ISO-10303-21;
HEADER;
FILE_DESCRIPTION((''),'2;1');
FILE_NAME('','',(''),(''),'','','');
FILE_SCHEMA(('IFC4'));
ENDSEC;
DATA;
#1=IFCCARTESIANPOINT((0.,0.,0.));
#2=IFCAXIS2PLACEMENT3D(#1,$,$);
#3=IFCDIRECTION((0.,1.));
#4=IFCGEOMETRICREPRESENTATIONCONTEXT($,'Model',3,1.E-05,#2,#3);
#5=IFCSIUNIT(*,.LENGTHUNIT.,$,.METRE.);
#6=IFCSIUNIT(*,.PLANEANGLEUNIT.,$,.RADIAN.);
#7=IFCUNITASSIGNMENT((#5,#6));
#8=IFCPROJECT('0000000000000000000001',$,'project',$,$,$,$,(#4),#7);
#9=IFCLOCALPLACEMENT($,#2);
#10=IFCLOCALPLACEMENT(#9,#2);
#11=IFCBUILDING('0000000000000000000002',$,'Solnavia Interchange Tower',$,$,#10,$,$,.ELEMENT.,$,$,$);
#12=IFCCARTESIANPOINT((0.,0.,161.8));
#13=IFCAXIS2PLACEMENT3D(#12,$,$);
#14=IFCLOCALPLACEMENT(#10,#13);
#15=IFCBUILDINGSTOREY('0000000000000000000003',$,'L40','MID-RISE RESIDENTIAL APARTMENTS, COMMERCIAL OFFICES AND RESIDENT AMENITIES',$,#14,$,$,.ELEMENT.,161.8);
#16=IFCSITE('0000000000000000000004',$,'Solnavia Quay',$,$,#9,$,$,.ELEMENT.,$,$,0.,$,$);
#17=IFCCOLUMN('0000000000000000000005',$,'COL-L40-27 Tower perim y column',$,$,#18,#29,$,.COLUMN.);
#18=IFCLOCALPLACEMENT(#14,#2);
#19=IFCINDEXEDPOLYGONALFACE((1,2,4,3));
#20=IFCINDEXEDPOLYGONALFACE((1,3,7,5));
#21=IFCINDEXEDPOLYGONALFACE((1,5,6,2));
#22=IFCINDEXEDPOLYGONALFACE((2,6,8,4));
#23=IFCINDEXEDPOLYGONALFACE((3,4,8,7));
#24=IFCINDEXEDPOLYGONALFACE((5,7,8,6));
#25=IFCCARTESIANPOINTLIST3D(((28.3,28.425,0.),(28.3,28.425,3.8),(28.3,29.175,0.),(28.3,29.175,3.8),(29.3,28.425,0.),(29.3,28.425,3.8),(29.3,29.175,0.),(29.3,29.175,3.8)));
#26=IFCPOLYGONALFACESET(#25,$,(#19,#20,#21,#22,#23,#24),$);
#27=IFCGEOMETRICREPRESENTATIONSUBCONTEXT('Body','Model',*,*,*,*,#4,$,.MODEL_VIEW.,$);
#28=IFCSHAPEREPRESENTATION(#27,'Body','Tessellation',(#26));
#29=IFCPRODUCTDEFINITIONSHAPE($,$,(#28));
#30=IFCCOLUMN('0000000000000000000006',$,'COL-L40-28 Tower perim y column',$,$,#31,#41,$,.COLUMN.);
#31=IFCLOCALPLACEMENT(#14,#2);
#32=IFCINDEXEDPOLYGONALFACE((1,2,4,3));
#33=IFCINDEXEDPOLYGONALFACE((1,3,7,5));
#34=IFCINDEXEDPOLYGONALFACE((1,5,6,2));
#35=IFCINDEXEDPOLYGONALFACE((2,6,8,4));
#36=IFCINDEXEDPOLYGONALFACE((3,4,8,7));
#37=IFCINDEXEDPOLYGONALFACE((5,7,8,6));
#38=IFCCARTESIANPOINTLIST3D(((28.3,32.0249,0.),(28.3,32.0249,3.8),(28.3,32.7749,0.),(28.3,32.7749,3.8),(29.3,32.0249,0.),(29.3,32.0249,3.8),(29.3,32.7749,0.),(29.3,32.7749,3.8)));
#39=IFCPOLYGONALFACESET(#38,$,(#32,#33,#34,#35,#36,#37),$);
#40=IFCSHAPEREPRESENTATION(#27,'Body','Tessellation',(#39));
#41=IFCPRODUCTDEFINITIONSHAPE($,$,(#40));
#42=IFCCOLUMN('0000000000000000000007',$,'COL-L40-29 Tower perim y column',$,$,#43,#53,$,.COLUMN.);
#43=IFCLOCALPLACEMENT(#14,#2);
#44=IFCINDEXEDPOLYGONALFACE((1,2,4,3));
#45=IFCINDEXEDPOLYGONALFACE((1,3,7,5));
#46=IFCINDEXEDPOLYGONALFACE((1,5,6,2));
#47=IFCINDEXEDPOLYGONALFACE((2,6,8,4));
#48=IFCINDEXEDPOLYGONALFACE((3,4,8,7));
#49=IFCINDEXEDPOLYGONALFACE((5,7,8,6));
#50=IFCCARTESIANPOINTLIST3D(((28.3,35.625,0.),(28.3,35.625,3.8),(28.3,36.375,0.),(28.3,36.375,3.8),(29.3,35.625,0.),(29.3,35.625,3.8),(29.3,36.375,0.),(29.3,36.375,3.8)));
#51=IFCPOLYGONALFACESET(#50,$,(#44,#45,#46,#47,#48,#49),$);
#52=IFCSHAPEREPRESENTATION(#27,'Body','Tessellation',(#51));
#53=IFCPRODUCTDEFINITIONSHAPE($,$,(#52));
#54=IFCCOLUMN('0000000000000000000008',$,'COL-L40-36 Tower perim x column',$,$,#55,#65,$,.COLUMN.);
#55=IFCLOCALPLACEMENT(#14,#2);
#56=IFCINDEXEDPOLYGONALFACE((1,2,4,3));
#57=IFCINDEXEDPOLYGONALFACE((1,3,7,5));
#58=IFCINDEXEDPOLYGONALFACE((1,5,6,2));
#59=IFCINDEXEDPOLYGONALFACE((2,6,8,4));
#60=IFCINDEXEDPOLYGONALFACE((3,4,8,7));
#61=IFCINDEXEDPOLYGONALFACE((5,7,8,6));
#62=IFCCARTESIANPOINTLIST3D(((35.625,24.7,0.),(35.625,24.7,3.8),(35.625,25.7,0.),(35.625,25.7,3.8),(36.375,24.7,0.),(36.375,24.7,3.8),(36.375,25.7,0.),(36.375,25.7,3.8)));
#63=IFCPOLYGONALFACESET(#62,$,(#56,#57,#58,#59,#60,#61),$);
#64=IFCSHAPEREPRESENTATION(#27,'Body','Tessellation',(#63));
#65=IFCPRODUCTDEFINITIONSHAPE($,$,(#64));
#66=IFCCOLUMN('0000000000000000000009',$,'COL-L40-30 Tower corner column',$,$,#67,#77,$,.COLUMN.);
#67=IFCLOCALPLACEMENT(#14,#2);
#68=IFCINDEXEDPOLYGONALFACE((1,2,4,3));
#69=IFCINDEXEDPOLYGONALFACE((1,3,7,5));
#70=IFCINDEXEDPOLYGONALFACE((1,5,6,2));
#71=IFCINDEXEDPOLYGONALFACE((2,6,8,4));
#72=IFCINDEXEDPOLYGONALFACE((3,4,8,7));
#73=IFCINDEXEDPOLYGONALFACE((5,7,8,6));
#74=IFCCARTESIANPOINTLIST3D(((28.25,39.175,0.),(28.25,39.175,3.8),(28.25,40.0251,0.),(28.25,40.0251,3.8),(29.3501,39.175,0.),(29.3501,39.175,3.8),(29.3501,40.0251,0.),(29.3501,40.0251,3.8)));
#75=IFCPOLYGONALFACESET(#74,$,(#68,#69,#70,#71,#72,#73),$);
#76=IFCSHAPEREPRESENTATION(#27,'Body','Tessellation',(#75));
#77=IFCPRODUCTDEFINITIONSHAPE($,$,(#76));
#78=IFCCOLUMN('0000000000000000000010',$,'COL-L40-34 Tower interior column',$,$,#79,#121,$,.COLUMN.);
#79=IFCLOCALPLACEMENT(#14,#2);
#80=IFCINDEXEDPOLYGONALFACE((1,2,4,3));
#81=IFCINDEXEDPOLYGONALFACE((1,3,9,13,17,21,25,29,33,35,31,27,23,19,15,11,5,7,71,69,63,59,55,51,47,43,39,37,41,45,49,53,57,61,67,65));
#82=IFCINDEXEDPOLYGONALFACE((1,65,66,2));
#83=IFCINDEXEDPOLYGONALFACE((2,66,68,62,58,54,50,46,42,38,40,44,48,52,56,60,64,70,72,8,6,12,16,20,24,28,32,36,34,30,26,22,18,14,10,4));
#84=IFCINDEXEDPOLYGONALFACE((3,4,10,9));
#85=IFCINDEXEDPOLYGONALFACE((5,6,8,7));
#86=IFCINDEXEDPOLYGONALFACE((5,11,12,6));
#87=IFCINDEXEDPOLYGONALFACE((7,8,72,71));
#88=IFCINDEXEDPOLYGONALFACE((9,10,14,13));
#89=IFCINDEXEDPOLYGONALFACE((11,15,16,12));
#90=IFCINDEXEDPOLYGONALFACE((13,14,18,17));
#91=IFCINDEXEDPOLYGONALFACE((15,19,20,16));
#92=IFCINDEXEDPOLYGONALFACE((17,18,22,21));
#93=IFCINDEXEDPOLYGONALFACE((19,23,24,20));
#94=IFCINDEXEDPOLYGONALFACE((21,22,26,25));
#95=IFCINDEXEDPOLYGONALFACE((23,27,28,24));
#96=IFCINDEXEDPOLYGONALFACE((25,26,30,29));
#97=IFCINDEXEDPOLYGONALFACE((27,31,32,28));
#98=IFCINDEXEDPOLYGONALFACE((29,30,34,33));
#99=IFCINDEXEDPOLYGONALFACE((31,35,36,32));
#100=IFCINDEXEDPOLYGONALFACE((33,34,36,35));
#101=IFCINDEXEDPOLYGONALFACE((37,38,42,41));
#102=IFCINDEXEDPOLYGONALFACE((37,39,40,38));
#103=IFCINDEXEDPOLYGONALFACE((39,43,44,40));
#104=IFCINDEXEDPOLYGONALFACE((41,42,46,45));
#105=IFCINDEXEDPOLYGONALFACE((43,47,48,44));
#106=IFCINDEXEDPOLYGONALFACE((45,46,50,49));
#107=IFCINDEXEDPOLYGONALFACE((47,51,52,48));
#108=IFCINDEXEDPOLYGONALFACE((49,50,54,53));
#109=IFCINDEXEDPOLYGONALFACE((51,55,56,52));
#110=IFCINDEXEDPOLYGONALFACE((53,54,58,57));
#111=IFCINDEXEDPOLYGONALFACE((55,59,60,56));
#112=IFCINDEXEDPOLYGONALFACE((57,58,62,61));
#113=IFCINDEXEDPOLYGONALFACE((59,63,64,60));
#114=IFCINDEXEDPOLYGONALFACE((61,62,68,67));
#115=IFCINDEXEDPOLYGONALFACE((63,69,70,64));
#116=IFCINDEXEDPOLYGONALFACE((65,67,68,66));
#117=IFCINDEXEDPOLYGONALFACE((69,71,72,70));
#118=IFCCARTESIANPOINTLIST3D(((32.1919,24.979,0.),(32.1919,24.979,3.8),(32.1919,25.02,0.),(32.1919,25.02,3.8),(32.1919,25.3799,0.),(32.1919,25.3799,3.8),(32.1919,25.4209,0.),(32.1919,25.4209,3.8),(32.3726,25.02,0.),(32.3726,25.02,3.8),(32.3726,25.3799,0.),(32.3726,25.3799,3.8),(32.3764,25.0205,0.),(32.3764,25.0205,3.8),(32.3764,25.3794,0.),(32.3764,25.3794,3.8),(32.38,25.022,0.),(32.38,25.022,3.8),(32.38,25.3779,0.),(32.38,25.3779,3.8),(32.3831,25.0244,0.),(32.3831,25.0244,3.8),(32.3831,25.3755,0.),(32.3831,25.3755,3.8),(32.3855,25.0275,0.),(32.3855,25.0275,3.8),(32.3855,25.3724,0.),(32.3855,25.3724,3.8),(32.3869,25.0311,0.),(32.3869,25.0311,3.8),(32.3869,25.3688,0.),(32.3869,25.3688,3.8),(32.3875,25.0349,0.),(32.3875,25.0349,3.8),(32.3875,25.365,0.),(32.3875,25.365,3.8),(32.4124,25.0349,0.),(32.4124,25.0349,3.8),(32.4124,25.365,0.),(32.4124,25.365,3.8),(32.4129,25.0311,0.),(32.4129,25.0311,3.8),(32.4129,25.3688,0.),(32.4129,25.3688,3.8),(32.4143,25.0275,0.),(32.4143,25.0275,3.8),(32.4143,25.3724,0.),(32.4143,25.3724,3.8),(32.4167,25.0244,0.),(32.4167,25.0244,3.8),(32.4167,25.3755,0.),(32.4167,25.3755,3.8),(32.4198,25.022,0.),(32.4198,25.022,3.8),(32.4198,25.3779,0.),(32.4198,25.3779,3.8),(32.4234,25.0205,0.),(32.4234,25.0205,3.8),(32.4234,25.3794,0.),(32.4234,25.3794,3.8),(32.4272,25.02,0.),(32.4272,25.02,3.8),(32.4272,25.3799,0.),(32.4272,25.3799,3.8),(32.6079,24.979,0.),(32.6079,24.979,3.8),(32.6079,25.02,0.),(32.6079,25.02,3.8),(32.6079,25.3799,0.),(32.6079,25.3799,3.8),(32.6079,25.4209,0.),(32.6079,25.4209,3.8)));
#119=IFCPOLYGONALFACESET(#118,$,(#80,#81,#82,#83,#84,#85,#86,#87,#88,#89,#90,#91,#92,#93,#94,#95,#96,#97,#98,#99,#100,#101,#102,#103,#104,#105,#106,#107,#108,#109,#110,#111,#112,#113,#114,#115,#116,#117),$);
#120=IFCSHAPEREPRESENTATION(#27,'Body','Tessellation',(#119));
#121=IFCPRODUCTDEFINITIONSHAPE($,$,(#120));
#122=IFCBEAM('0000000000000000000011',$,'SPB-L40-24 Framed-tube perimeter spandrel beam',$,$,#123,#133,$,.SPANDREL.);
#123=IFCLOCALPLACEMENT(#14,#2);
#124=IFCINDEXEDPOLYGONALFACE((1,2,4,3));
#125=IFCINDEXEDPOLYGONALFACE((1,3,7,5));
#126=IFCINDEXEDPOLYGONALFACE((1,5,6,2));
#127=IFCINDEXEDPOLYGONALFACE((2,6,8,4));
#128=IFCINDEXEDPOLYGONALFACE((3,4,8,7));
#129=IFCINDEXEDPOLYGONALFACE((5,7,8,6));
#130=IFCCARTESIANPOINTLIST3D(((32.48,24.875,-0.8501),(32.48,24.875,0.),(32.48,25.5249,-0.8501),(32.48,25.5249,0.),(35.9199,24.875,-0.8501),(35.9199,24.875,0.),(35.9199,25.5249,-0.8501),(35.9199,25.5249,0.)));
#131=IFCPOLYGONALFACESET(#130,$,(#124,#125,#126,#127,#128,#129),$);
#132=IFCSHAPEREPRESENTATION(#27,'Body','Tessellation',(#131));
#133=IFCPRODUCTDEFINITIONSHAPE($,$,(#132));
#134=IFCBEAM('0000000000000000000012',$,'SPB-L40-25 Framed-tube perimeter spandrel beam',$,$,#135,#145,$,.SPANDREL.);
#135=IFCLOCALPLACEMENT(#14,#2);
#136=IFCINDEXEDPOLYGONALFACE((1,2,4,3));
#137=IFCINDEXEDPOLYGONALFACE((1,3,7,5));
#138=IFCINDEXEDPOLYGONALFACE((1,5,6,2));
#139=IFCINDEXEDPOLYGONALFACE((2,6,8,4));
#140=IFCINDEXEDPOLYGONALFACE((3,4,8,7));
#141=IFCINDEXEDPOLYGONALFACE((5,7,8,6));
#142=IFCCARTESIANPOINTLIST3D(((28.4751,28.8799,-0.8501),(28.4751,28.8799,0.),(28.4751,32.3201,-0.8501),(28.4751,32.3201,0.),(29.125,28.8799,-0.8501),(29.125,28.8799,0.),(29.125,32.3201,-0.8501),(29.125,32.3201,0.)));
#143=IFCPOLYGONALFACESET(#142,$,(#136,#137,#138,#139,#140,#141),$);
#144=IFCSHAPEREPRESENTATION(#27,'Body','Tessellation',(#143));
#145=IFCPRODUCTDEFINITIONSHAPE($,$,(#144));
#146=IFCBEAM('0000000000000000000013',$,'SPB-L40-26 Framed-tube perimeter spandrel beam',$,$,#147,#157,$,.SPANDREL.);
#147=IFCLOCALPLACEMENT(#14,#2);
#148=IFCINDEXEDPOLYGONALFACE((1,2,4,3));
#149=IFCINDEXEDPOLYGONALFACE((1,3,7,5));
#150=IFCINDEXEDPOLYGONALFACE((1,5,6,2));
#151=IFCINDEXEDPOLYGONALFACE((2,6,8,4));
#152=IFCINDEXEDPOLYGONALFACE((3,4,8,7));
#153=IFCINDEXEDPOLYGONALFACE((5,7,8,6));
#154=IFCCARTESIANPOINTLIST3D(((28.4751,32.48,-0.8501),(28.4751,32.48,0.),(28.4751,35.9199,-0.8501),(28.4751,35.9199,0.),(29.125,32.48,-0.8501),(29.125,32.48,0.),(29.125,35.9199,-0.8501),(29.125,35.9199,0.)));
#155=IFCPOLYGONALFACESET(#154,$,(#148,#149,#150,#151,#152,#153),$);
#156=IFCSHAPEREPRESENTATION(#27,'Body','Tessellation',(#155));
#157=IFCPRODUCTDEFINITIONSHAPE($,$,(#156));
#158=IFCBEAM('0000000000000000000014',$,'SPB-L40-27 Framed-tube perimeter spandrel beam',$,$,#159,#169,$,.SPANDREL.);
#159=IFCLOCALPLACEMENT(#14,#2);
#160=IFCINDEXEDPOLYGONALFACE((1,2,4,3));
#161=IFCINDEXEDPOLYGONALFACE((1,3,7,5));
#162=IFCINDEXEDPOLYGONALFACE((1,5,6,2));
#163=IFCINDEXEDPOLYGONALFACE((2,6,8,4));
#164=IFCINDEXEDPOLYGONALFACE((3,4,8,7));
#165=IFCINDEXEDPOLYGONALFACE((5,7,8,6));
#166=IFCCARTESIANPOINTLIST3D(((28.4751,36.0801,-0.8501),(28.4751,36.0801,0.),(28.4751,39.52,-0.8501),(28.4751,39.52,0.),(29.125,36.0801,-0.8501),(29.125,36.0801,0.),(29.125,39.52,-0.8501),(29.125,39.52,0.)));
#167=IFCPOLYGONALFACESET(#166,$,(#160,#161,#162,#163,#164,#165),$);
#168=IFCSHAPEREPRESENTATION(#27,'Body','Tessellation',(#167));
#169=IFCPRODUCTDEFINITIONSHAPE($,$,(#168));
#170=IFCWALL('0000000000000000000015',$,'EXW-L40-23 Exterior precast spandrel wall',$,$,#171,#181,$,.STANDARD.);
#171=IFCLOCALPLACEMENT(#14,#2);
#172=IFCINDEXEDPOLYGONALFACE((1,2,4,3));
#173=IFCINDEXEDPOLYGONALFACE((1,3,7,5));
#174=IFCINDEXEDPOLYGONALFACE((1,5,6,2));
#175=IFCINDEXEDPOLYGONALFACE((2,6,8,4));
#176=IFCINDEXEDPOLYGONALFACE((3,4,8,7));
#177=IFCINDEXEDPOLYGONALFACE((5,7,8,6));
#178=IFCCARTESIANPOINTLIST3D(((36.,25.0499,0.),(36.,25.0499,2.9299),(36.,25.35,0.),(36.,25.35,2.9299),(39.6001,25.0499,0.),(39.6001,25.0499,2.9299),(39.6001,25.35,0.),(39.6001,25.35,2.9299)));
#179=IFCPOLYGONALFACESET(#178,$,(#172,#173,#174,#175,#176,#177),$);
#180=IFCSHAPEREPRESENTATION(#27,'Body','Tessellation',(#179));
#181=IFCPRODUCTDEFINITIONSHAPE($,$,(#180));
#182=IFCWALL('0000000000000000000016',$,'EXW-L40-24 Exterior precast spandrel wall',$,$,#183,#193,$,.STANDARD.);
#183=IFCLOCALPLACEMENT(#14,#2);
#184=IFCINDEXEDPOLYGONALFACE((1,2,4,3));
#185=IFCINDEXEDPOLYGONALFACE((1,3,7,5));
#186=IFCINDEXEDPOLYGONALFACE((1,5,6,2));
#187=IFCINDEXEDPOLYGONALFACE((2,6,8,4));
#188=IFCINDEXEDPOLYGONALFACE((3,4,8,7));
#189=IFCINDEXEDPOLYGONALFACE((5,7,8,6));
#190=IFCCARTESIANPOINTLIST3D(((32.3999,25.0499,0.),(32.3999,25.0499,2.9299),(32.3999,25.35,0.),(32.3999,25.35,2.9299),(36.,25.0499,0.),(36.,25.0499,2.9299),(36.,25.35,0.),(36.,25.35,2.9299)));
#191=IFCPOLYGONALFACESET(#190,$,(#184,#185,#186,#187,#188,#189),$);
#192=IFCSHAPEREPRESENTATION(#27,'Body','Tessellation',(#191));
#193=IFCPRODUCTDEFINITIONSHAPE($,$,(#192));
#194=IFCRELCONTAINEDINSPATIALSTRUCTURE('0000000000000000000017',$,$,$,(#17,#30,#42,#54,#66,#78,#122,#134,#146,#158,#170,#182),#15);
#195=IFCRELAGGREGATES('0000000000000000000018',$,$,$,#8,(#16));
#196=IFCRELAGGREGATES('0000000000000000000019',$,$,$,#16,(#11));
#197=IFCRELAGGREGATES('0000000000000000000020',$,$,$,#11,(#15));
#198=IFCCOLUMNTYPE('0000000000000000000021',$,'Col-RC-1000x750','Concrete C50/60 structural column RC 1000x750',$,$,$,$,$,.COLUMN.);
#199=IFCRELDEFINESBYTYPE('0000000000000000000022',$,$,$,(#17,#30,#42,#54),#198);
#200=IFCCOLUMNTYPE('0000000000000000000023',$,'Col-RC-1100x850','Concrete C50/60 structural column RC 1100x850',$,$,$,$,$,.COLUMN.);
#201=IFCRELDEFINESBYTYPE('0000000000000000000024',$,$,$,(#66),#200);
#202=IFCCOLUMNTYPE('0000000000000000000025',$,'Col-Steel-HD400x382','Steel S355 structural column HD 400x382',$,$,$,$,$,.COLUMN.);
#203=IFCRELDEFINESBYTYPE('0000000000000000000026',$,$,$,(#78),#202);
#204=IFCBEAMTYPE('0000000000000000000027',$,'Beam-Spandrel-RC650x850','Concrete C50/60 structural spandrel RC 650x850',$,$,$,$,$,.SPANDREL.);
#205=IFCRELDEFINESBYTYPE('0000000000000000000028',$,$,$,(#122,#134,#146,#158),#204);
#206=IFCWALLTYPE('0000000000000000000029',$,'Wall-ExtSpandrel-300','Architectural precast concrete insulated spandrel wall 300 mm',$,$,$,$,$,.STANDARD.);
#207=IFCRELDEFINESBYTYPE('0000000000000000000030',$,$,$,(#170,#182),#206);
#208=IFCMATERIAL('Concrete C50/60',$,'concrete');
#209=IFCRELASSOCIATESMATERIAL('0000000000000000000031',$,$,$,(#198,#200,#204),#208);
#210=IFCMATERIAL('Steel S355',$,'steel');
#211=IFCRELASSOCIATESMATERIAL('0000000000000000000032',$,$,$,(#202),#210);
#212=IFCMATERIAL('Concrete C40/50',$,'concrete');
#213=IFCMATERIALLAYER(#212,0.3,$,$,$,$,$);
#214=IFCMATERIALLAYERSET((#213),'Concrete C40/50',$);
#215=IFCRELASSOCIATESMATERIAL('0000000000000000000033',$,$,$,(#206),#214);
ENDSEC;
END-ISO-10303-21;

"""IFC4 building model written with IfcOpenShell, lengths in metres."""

from ifc_helpers import new_model, si_unit, direction, frame, frame_2d, origin, origin_2d, place, context, subcontext, project, spatial, rectangle, i_section, extrude, material, layer, layer_set, material_profile, profile_set, type_object, element, save


model = new_model("IFC4")

# Units and contexts
model_context = context("Model", 3, precision=1e-05, world=origin(), true_north=direction((0.0, 1.0)))
body_context = subcontext(model_context, "Body", "Model", "MODEL_VIEW")
ifc_project = project(units=[si_unit("LENGTHUNIT", "METRE"), si_unit("PLANEANGLEUNIT", "RADIAN")], contexts=[model_context])

# Site, building, storey
site_placement = place(None, origin())
site = spatial("IfcSite", under=ifc_project, at=site_placement, Name="Solnavia Quay", CompositionType="ELEMENT", RefElevation=0.0)
building_placement = place(site_placement, origin())
building = spatial("IfcBuilding", under=site, at=building_placement, Name="Solnavia Interchange Tower", CompositionType="ELEMENT")
storey_placement = place(building_placement, frame((0.0, 0.0, 161.8)))
storey = spatial("IfcBuildingStorey", under=building, at=storey_placement, Name="L40", Description="MID-RISE RESIDENTIAL APARTMENTS, COMMERCIAL OFFICES AND RESIDENT AMENITIES", CompositionType="ELEMENT", Elevation=161.8)

# Columns
ifc_material_1 = material(Name="Concrete C50/60", Category="concrete")
ifc_material_profile_1 = material_profile(ifc_material_1, rectangle(XDim=0.75, YDim=1.0, at=origin_2d()), Name="RC 1000x750")
ifc_profile_set_1 = profile_set([ifc_material_profile_1], Name="Concrete C50/60")
column_type_1 = type_object("IfcColumnType", Name="Col-RC-1000x750", Description="Concrete C50/60 structural column RC 1000x750", PredefinedType="COLUMN", material=ifc_profile_set_1)
for number, where, z_axis, x_axis, name in (
    (1, (28.8, 28.8, 0.0), (0.0, 0.0, 1.0), (0.0, 1.0, 0.0), "COL-L40-27 Tower perim y column"),
    (2, (28.8, 32.3999, 0.0), (0.0, 0.0, 1.0), (0.0, 1.0, 0.0), "COL-L40-28 Tower perim y column"),
    (3, (28.8, 36.0, 0.0), (0.0, 0.0, 1.0), (0.0, 1.0, 0.0), "COL-L40-29 Tower perim y column"),
    (4, (36.0, 25.2, 0.0), (0.0, 0.0, 1.0), (1.0, 0.0, 0.0), "COL-L40-36 Tower perim x column"),
):
    element("IfcColumn", number, at=place(storey_placement, frame(where, z_axis=z_axis, x_axis=x_axis)), inside=storey, type_object=column_type_1, Name=name, PredefinedType="COLUMN", context=body_context, shape_type="SweptSolid", body=[
        extrude(rectangle(XDim=0.75, YDim=1.0, at=origin_2d()), origin(), (0.0, 0.0, 1.0), 3.8),
    ])
ifc_material_profile_2 = material_profile(ifc_material_1, rectangle(XDim=0.8501, YDim=1.1001, at=origin_2d()), Name="RC 1100x850")
ifc_profile_set_2 = profile_set([ifc_material_profile_2], Name="Concrete C50/60")
column_type_2 = type_object("IfcColumnType", Name="Col-RC-1100x850", Description="Concrete C50/60 structural column RC 1100x850", PredefinedType="COLUMN", material=ifc_profile_set_2)
column_1_placement = place(storey_placement, frame((28.8, 39.6001, 0.0), z_axis=(0.0, 0.0, 1.0), x_axis=(0.0, 1.0, 0.0)))
element("IfcColumn", 5, at=column_1_placement, inside=storey, type_object=column_type_2, Name="COL-L40-30 Tower corner column", PredefinedType="COLUMN", context=body_context, shape_type="SweptSolid", body=[
    extrude(rectangle(XDim=0.8501, YDim=1.1001, at=origin_2d()), origin(), (0.0, 0.0, 1.0), 3.8),
])
ifc_material_2 = material(Name="Steel S355", Category="steel")
ifc_material_profile_3 = material_profile(ifc_material_2, i_section(OverallWidth=0.416, OverallDepth=0.4419, WebThickness=0.0249, FlangeThickness=0.041, FilletRadius=0.0149, at=origin_2d()), Name="HD 400x382")
ifc_profile_set_3 = profile_set([ifc_material_profile_3], Name="Steel S355")
column_type_3 = type_object("IfcColumnType", Name="Col-Steel-HD400x382", Description="Steel S355 structural column HD 400x382", PredefinedType="COLUMN", material=ifc_profile_set_3)
column_2_placement = place(storey_placement, frame((32.3999, 25.2, 0.0), z_axis=(0.0, 0.0, 1.0), x_axis=(1.0, 0.0, 0.0)))
element("IfcColumn", 6, at=column_2_placement, inside=storey, type_object=column_type_3, Name="COL-L40-34 Tower interior column", PredefinedType="COLUMN", context=body_context, shape_type="SweptSolid", body=[
    extrude(i_section(OverallWidth=0.416, OverallDepth=0.4419, WebThickness=0.0249, FlangeThickness=0.041, FilletRadius=0.0149, at=origin_2d()), origin(), (0.0, 0.0, 1.0), 3.8),
])

# Beams
ifc_material_profile_4 = material_profile(ifc_material_1, rectangle(XDim=0.6499, YDim=0.8501, at=origin_2d()), Name="RC 650x850")
ifc_profile_set_4 = profile_set([ifc_material_profile_4], Name="Concrete C50/60")
beam_type = type_object("IfcBeamType", Name="Beam-Spandrel-RC650x850", Description="Concrete C50/60 structural spandrel RC 650x850", PredefinedType="SPANDREL", material=ifc_profile_set_4)
beam_1_placement = place(storey_placement, frame((35.9199, 25.2, -0.425), z_axis=(-1.0, 0.0, 0.0), x_axis=(0.0, -1.0, 0.0)))
element("IfcBeam", 7, at=beam_1_placement, inside=storey, type_object=beam_type, Name="SPB-L40-24 Framed-tube perimeter spandrel beam", PredefinedType="SPANDREL", context=body_context, shape_type="SweptSolid", body=[
    extrude(rectangle(XDim=0.6499, YDim=0.8501, at=origin_2d()), origin(), (0.0, 0.0, 1.0), 3.4399),
])
beam_2_placement = place(storey_placement, frame((28.8, 28.8799, -0.425), z_axis=(0.0, 1.0, 0.0), x_axis=(-1.0, 0.0, 0.0)))
element("IfcBeam", 8, at=beam_2_placement, inside=storey, type_object=beam_type, Name="SPB-L40-25 Framed-tube perimeter spandrel beam", PredefinedType="SPANDREL", context=body_context, shape_type="SweptSolid", body=[
    extrude(rectangle(XDim=0.6499, YDim=0.8501, at=origin_2d()), origin(), (0.0, 0.0, 1.0), 3.4402),
])
for number, where, z_axis, x_axis, name in (
    (9, (28.8, 32.48, -0.425), (0.0, 1.0, 0.0), (-1.0, 0.0, 0.0), "SPB-L40-26 Framed-tube perimeter spandrel beam"),
    (10, (28.8, 36.0801, -0.425), (0.0, 1.0, 0.0), (-1.0, 0.0, 0.0), "SPB-L40-27 Framed-tube perimeter spandrel beam"),
):
    element("IfcBeam", number, at=place(storey_placement, frame(where, z_axis=z_axis, x_axis=x_axis)), inside=storey, type_object=beam_type, Name=name, PredefinedType="SPANDREL", context=body_context, shape_type="SweptSolid", body=[
        extrude(rectangle(XDim=0.6499, YDim=0.8501, at=origin_2d()), origin(), (0.0, 0.0, 1.0), 3.4399),
    ])

# Walls
ifc_material_3 = material(Name="Concrete C40/50", Category="concrete")
ifc_layer = layer(ifc_material_3, 0.3)
ifc_layer_set = layer_set([ifc_layer], Name="Concrete C40/50")
wall_type = type_object("IfcWallType", Name="Wall-ExtSpandrel-300", Description="Architectural precast concrete insulated spandrel wall 300 mm", PredefinedType="STANDARD", material=ifc_layer_set)
for number, where, z_axis, x_axis, name in (
    (11, (36.0, 25.2, 0.0), (0.0, 0.0, 1.0), (1.0, 0.0, 0.0), "EXW-L40-23 Exterior precast spandrel wall"),
    (12, (32.3999, 25.2, 0.0), (0.0, 0.0, 1.0), (1.0, 0.0, 0.0), "EXW-L40-24 Exterior precast spandrel wall"),
):
    element("IfcWall", number, at=place(storey_placement, frame(where, z_axis=z_axis, x_axis=x_axis)), inside=storey, type_object=wall_type, Name=name, PredefinedType="STANDARD", context=body_context, shape_type="SweptSolid", body=[
        extrude(rectangle(XDim=3.6001, YDim=0.3, at=frame_2d((1.8, 0.0))), origin(), (0.0, 0.0, 1.0), 2.9299),
    ])

save(model, "model.ifc")
